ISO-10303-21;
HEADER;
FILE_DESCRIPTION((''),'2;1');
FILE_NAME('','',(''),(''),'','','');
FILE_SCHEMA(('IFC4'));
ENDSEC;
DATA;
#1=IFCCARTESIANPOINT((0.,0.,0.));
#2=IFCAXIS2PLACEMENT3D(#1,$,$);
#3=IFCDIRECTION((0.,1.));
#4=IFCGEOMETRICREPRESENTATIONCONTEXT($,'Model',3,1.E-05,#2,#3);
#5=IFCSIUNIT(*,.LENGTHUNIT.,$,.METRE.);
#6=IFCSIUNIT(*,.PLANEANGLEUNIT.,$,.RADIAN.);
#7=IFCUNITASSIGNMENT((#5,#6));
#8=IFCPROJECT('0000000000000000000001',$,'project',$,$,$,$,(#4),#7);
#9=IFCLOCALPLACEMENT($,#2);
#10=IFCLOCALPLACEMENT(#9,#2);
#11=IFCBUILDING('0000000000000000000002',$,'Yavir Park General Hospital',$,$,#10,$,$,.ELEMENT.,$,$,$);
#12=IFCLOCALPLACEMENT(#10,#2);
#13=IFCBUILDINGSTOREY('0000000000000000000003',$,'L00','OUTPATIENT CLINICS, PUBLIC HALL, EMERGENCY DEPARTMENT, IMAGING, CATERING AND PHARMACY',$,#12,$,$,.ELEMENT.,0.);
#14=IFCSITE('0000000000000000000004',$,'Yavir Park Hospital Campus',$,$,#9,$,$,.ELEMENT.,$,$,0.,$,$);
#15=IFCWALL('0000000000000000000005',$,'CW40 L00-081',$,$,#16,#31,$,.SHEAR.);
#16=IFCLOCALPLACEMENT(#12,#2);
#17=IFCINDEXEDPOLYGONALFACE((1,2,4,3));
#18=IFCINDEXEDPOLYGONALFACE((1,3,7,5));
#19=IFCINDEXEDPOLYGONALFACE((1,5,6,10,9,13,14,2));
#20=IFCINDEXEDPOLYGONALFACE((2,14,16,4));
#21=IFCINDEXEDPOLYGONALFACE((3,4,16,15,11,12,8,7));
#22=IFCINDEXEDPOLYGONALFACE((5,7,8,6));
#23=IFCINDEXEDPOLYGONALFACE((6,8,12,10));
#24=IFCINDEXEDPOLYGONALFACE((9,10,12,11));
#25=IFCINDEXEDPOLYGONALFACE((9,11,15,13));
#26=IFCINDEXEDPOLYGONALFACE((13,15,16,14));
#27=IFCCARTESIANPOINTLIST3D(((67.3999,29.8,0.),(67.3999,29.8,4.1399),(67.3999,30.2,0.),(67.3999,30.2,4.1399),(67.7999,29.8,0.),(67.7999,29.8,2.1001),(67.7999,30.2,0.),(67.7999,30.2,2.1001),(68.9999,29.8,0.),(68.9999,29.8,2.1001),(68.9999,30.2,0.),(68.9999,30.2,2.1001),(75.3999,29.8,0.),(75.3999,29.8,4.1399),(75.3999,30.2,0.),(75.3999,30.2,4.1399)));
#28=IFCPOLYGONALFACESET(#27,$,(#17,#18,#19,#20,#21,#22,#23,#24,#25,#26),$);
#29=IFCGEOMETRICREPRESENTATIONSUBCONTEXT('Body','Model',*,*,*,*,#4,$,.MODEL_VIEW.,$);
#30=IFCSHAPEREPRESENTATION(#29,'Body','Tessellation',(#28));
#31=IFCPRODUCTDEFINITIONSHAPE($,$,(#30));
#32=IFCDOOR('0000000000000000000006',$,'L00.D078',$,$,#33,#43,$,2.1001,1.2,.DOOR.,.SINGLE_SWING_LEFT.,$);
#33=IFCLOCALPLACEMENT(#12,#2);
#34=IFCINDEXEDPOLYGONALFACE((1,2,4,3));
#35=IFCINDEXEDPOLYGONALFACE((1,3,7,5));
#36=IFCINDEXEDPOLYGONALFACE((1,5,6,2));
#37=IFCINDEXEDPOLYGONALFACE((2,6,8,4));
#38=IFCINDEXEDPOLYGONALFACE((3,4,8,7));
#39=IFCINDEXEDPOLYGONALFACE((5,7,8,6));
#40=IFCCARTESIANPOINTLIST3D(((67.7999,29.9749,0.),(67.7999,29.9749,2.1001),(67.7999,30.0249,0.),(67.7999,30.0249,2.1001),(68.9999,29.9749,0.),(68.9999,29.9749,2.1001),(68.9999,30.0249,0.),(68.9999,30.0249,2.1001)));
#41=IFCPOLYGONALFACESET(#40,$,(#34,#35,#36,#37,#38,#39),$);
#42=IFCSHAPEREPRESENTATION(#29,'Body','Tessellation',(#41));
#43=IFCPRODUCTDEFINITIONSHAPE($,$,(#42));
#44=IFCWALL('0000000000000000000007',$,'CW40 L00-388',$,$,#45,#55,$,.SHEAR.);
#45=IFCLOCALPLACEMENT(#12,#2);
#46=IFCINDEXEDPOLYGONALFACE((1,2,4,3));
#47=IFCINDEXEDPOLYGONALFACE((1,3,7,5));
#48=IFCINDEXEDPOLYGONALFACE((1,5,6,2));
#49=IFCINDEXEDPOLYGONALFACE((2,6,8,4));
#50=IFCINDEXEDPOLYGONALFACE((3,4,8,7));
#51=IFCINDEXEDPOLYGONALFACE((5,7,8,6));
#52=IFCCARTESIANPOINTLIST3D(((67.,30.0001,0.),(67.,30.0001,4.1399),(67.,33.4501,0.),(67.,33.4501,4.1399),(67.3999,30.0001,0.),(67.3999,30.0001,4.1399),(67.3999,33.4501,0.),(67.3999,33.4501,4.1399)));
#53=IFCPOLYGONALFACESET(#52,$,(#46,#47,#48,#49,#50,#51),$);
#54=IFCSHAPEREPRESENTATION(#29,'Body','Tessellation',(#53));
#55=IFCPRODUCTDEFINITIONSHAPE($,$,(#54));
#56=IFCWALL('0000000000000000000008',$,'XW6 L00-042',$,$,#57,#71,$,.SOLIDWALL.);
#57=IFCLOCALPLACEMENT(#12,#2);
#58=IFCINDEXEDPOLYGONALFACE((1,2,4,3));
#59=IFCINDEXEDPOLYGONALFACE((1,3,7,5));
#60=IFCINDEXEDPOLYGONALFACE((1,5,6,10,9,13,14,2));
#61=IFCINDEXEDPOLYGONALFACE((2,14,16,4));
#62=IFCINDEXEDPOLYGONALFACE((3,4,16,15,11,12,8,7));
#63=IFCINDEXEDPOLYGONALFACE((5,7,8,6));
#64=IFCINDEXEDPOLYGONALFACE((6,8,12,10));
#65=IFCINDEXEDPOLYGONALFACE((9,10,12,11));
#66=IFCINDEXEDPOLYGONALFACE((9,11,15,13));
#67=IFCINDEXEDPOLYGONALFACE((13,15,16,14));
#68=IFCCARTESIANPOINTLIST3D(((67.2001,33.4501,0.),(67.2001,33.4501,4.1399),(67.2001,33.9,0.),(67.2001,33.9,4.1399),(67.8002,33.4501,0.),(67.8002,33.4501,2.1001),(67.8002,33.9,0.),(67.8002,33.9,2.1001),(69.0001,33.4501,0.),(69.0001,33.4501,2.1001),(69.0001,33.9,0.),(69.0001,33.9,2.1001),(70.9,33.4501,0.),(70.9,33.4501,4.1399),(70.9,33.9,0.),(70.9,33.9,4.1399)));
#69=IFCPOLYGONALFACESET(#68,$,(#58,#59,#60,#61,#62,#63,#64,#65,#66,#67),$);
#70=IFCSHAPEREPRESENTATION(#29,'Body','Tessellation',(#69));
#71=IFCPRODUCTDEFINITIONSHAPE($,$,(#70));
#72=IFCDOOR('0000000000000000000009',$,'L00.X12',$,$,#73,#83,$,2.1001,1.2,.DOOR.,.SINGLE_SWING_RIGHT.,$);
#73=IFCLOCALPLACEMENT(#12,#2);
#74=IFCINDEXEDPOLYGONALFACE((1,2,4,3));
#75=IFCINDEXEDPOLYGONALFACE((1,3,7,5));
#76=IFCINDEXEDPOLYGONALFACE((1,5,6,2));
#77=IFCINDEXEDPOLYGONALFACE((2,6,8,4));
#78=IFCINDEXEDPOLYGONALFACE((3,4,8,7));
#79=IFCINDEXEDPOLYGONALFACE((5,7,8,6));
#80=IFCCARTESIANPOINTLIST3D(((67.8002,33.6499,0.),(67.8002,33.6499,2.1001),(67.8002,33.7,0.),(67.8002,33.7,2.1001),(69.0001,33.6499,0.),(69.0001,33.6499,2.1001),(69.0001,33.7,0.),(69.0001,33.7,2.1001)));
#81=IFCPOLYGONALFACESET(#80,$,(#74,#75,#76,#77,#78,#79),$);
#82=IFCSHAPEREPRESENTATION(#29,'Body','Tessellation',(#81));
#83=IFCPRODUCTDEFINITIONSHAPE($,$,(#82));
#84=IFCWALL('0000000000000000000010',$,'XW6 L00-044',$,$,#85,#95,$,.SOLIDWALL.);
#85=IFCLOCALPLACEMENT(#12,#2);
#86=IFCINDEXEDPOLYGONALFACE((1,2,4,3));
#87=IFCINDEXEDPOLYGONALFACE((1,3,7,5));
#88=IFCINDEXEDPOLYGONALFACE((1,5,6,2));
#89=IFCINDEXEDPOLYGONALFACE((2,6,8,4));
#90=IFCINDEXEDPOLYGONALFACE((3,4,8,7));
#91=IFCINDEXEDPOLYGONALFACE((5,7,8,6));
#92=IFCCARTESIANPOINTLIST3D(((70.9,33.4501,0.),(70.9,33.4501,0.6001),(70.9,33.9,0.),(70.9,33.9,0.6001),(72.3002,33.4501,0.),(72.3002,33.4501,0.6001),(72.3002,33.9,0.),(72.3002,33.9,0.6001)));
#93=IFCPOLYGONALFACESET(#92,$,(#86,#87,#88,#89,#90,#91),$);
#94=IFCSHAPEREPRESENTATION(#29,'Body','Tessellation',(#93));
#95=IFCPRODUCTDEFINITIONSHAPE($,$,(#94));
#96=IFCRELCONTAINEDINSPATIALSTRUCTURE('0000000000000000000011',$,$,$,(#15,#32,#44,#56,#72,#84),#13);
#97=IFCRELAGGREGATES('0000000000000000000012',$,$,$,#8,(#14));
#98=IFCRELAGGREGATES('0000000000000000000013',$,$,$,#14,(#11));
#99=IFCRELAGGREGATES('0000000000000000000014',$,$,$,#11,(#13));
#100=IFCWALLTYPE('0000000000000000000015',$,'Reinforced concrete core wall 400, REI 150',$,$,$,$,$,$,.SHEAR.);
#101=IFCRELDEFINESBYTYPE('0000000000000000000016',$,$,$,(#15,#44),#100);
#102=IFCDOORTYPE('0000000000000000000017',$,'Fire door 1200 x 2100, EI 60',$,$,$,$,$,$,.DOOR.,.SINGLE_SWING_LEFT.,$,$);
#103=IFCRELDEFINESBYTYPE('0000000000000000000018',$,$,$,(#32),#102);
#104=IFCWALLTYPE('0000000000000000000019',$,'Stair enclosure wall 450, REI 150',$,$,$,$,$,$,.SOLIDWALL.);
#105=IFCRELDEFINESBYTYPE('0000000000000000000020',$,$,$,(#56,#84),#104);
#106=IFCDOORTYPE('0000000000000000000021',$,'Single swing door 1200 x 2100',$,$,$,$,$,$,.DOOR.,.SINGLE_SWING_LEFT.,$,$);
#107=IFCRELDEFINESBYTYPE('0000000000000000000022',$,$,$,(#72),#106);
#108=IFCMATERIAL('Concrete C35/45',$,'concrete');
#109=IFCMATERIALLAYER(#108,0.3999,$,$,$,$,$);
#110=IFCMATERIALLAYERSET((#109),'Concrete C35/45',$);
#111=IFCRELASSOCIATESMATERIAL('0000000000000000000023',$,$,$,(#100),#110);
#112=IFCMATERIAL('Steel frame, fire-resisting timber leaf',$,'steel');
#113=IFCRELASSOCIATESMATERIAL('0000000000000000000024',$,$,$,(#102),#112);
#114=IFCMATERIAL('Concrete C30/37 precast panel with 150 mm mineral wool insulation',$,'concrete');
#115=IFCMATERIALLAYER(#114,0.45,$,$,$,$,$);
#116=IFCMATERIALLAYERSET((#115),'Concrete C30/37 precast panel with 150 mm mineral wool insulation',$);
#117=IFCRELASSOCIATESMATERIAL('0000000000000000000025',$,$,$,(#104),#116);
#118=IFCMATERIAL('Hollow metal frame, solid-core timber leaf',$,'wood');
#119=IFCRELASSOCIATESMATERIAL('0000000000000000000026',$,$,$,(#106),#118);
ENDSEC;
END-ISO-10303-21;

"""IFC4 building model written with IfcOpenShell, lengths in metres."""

from ifc_helpers import new_model, si_unit, direction, frame, frame_2d, origin, place, context, subcontext, project, spatial, rectangle, extrude, material, layer, layer_set, type_object, element, fill, save


model = new_model("IFC4")

# Units and contexts
model_context = context("Model", 3, precision=1e-05, world=origin(), true_north=direction((0.0, 1.0)))
body_context = subcontext(model_context, "Body", "Model", "MODEL_VIEW")
ifc_project = project(units=[si_unit("LENGTHUNIT", "METRE"), si_unit("PLANEANGLEUNIT", "RADIAN")], contexts=[model_context])

# Site, building, storey
site_placement = place(None, origin())
site = spatial("IfcSite", under=ifc_project, at=site_placement, Name="Yavir Park Hospital Campus", CompositionType="ELEMENT", RefElevation=0.0)
building_placement = place(site_placement, origin())
building = spatial("IfcBuilding", under=site, at=building_placement, Name="Yavir Park General Hospital", CompositionType="ELEMENT")
storey_placement = place(building_placement, origin())
storey = spatial("IfcBuildingStorey", under=building, at=storey_placement, Name="L00", Description="OUTPATIENT CLINICS, PUBLIC HALL, EMERGENCY DEPARTMENT, IMAGING, CATERING AND PHARMACY", CompositionType="ELEMENT", Elevation=0.0)

# Wall, opening, door
ifc_material_1 = material(Name="Concrete C35/45", Category="concrete")
ifc_layer_1 = layer(ifc_material_1, 0.3999)
ifc_layer_set_1 = layer_set([ifc_layer_1], Name="Concrete C35/45")
wall_type_1 = type_object("IfcWallType", Name="Reinforced concrete core wall 400, REI 150", PredefinedType="SHEAR", material=ifc_layer_set_1)
wall_1_placement = place(storey_placement, frame((67.3999, 30.0, 0.0), z_axis=(0.0, 0.0, 1.0), x_axis=(1.0, 0.0, 0.0)))
wall_1 = element("IfcWall", 1, at=wall_1_placement, inside=storey, type_object=wall_type_1, Name="CW40 L00-081", PredefinedType="SHEAR", context=body_context, shape_type="SweptSolid", body=[
    extrude(rectangle(XDim=8.0, YDim=0.3999, at=frame_2d((4.0, 0.0))), origin(), (0.0, 0.0, 1.0), 4.1399),
])
opening_1_placement = place(wall_1_placement, frame((0.3999, 0.0, 0.0)))
opening_1 = element("IfcOpeningElement", 2, at=opening_1_placement, cuts=wall_1, PredefinedType="OPENING", context=body_context, shape_type="SweptSolid", body=[
    extrude(rectangle(XDim=1.2, YDim=2.1001, at=frame_2d((0.6001, 1.05))), frame((0.0, 0.21, 0.0), z_axis=(0.0, -1.0, 0.0), x_axis=(1.0, 0.0, 0.0)), (0.0, 0.0, 1.0), 0.4199),
])
ifc_material_2 = material(Name="Steel frame, fire-resisting timber leaf", Category="steel")
door_type_1 = type_object("IfcDoorType", Name="Fire door 1200 x 2100, EI 60", OperationType="SINGLE_SWING_LEFT", PredefinedType="DOOR", material=ifc_material_2)
door_1_placement = place(opening_1_placement, origin())
door_1 = element("IfcDoor", 3, at=door_1_placement, inside=storey, type_object=door_type_1, Name="L00.D078", OperationType="SINGLE_SWING_LEFT", OverallHeight=2.1001, OverallWidth=1.2, PredefinedType="DOOR", context=body_context, shape_type="SweptSolid", body=[
    extrude(rectangle(XDim=1.2, YDim=2.1001, at=frame_2d((0.6001, 1.05))), frame((0.0, 0.0249, 0.0), z_axis=(0.0, -1.0, 0.0), x_axis=(1.0, 0.0, 0.0)), (0.0, 0.0, 1.0), 0.05),
])
fill(opening_1, door_1)

# Wall
wall_2_placement = place(storey_placement, frame((67.2, 30.0, 0.0), z_axis=(0.0, 0.0, 1.0), x_axis=(0.0, 1.0, 0.0)))
element("IfcWall", 4, at=wall_2_placement, inside=storey, type_object=wall_type_1, Name="CW40 L00-388", PredefinedType="SHEAR", context=body_context, shape_type="SweptSolid", body=[
    extrude(rectangle(XDim=3.45, YDim=0.3999, at=frame_2d((1.7251, 0.0))), origin(), (0.0, 0.0, 1.0), 4.1399),
])

# Wall, opening, door
ifc_material_3 = material(Name="Concrete C30/37 precast panel with 150 mm mineral wool insulation", Category="concrete")
ifc_layer_2 = layer(ifc_material_3, 0.45)
ifc_layer_set_2 = layer_set([ifc_layer_2], Name="Concrete C30/37 precast panel with 150 mm mineral wool insulation")
wall_type_2 = type_object("IfcWallType", Name="Stair enclosure wall 450, REI 150", PredefinedType="SOLIDWALL", material=ifc_layer_set_2)
wall_3_placement = place(storey_placement, frame((67.2, 33.675, 0.0), z_axis=(0.0, 0.0, 1.0), x_axis=(1.0, 0.0, 0.0)))
wall_3 = element("IfcWall", 5, at=wall_3_placement, inside=storey, type_object=wall_type_2, Name="XW6 L00-042", PredefinedType="SOLIDWALL", context=body_context, shape_type="SweptSolid", body=[
    extrude(rectangle(XDim=3.7, YDim=0.45, at=frame_2d((1.8501, 0.0))), origin(), (0.0, 0.0, 1.0), 4.1399),
])
opening_2_placement = place(wall_3_placement, frame((0.6001, 0.0, 0.0)))
opening_2 = element("IfcOpeningElement", 6, at=opening_2_placement, cuts=wall_3, PredefinedType="OPENING", context=body_context, shape_type="SweptSolid", body=[
    extrude(rectangle(XDim=1.2, YDim=2.1001, at=frame_2d((0.6001, 1.05))), frame((0.0, 0.2349, 0.0), z_axis=(0.0, -1.0, 0.0), x_axis=(1.0, 0.0, 0.0)), (0.0, 0.0, 1.0), 0.47),
])
ifc_material_4 = material(Name="Hollow metal frame, solid-core timber leaf", Category="wood")
door_type_2 = type_object("IfcDoorType", Name="Single swing door 1200 x 2100", OperationType="SINGLE_SWING_LEFT", PredefinedType="DOOR", material=ifc_material_4)
door_2_placement = place(opening_2_placement, origin())
door_2 = element("IfcDoor", 7, at=door_2_placement, inside=storey, type_object=door_type_2, Name="L00.X12", OperationType="SINGLE_SWING_RIGHT", OverallHeight=2.1001, OverallWidth=1.2, PredefinedType="DOOR", context=body_context, shape_type="SweptSolid", body=[
    extrude(rectangle(XDim=1.2, YDim=2.1001, at=frame_2d((0.6001, 1.05))), frame((0.0, 0.0249, 0.0), z_axis=(0.0, -1.0, 0.0), x_axis=(1.0, 0.0, 0.0)), (0.0, 0.0, 1.0), 0.05),
])
fill(opening_2, door_2)

# Wall
wall_4_placement = place(storey_placement, frame((70.8999, 33.675, 0.0), z_axis=(0.0, 0.0, 1.0), x_axis=(1.0, 0.0, 0.0)))
element("IfcWall", 8, at=wall_4_placement, inside=storey, type_object=wall_type_2, Name="XW6 L00-044", PredefinedType="SOLIDWALL", context=body_context, shape_type="SweptSolid", body=[
    extrude(rectangle(XDim=1.4001, YDim=0.45, at=frame_2d((0.7002, 0.0))), origin(), (0.0, 0.0, 1.0), 0.6001),
])

save(model, "model.ifc")
